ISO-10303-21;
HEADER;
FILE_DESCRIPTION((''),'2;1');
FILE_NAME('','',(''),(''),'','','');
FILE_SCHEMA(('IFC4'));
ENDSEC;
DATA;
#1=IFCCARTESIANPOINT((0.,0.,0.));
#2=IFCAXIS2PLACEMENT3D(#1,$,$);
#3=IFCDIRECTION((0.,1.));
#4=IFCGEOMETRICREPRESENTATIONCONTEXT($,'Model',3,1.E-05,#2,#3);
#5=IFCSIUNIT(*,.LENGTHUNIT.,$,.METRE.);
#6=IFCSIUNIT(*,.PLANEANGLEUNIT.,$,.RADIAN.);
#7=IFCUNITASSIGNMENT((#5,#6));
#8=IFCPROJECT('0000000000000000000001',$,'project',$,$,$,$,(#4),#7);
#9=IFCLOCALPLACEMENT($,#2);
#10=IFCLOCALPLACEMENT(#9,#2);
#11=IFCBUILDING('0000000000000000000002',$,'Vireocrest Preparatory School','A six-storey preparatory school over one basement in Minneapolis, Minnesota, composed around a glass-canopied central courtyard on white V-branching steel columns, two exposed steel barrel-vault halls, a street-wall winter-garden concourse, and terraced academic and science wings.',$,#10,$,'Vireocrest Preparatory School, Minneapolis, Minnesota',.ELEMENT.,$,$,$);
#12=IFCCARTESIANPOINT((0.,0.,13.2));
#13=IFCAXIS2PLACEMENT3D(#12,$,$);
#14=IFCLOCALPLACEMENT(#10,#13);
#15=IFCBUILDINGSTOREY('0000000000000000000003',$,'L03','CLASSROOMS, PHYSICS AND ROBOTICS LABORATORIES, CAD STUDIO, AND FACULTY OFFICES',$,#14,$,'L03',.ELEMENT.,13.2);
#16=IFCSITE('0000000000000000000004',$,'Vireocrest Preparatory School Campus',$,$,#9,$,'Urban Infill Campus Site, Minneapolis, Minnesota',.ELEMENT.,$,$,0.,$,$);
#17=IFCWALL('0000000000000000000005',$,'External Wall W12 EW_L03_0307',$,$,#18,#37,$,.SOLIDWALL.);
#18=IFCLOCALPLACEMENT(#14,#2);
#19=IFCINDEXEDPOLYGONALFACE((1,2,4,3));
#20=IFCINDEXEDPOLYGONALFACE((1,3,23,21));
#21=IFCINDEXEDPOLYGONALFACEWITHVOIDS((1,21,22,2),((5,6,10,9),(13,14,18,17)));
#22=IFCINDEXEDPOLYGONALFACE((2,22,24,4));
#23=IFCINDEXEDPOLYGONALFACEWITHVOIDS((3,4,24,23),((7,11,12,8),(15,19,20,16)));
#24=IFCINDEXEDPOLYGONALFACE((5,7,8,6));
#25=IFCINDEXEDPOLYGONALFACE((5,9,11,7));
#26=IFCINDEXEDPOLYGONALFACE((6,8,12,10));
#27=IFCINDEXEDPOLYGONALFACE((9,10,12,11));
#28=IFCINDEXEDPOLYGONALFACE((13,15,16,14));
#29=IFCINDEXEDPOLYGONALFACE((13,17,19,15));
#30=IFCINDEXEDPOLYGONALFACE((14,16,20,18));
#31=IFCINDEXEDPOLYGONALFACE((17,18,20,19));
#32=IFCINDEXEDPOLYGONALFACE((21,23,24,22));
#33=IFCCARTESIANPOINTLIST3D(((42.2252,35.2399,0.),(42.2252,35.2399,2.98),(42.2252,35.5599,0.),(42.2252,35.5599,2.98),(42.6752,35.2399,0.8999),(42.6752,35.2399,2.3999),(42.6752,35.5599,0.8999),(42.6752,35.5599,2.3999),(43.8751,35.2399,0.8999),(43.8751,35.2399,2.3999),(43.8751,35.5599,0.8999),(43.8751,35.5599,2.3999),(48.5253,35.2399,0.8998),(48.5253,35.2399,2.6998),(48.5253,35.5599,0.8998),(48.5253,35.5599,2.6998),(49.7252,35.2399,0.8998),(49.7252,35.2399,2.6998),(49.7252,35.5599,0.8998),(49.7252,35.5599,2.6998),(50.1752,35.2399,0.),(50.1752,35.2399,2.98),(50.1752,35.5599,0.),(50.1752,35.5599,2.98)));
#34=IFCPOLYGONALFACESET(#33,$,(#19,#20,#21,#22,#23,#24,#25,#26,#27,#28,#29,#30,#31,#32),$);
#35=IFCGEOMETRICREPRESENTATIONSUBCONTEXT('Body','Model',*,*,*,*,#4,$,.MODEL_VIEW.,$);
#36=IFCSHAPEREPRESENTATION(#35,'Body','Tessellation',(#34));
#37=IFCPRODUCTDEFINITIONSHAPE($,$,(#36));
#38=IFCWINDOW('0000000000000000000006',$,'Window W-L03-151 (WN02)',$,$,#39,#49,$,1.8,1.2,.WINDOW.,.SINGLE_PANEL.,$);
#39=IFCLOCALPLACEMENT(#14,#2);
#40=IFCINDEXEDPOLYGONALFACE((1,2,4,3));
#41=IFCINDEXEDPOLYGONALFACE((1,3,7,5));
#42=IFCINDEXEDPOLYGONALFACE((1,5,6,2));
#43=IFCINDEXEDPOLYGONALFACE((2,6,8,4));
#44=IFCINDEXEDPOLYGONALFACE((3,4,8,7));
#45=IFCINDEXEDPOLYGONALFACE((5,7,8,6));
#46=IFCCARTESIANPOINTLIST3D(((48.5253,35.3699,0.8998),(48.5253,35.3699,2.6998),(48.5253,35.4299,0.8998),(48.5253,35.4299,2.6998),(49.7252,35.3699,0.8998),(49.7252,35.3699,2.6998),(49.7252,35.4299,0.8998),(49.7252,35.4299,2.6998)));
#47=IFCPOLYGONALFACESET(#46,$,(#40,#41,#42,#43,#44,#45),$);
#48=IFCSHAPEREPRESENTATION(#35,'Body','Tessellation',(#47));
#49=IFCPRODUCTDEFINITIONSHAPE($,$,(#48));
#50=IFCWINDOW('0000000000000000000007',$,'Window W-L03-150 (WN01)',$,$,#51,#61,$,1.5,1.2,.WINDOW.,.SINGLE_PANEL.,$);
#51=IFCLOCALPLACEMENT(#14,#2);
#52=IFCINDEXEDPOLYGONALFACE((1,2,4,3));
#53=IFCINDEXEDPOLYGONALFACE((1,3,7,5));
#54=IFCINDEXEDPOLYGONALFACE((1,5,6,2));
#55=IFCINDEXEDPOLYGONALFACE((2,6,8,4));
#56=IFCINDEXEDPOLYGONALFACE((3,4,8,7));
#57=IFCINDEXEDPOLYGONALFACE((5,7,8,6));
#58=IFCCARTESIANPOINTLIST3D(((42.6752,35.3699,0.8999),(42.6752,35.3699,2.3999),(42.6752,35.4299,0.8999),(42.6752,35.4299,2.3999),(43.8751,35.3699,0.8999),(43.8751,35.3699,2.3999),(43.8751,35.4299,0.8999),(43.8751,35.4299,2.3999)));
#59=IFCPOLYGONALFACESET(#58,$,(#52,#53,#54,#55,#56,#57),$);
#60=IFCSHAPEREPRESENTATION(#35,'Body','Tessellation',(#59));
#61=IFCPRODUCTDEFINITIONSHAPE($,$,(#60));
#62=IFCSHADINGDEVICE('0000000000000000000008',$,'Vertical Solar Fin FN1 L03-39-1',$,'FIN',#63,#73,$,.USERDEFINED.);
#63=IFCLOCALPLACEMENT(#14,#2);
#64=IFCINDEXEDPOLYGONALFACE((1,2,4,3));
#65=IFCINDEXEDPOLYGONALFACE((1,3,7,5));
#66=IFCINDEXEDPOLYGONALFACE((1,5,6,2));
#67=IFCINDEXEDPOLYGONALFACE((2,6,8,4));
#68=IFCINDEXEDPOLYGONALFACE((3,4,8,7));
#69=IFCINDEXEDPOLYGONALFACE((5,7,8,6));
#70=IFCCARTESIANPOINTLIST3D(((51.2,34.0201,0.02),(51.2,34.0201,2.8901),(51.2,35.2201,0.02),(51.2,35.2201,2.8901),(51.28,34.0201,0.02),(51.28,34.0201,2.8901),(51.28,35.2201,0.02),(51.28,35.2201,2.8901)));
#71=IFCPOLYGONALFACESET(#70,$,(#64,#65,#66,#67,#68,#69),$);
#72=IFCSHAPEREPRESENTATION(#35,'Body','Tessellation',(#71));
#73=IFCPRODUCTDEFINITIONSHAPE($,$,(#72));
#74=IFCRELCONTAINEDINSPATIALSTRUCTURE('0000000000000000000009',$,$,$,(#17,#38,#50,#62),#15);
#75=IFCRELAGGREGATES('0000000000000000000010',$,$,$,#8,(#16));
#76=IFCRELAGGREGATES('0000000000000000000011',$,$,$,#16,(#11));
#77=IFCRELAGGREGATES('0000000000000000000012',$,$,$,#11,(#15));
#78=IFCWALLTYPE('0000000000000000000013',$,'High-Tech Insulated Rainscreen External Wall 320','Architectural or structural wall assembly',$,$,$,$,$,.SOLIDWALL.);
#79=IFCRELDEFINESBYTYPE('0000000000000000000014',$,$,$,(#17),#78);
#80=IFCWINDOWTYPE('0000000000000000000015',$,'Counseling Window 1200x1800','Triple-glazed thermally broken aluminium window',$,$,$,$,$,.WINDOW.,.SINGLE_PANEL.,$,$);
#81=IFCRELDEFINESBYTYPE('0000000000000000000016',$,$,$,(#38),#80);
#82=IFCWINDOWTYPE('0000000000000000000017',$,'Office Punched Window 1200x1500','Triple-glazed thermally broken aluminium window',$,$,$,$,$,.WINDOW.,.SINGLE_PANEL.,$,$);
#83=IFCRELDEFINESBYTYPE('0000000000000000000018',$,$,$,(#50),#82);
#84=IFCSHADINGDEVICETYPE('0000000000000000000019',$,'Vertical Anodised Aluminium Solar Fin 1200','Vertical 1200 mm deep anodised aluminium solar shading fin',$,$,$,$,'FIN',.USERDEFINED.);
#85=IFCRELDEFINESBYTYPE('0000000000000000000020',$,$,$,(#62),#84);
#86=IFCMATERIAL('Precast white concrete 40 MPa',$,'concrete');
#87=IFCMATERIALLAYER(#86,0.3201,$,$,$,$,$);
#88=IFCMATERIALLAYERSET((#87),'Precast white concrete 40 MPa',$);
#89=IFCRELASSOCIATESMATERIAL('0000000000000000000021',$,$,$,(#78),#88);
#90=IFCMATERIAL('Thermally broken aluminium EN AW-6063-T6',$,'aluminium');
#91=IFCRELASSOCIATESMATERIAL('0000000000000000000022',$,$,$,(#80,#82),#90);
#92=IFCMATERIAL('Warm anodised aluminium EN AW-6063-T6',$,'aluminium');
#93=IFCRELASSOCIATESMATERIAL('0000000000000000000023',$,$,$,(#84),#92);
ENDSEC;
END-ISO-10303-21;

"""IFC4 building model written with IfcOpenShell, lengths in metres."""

from ifc_helpers import new_model, si_unit, direction, frame, frame_2d, origin, origin_2d, place, context, subcontext, project, spatial, rectangle, extrude, material, layer, layer_set, material_profile, profile_set, type_object, element, fill, save


model = new_model("IFC4")

# Units and contexts
model_context = context("Model", 3, precision=1e-05, world=origin(), true_north=direction((0.0, 1.0)))
body_context = subcontext(model_context, "Body", "Model", "MODEL_VIEW")
ifc_project = project(units=[si_unit("LENGTHUNIT", "METRE"), si_unit("PLANEANGLEUNIT", "RADIAN")], contexts=[model_context])

# Site, building, storey
site_placement = place(None, origin())
site = spatial("IfcSite", under=ifc_project, at=site_placement, Name="Vireocrest Preparatory School Campus", LongName="Urban Infill Campus Site, Minneapolis, Minnesota", CompositionType="ELEMENT", RefElevation=0.0)
building_placement = place(site_placement, origin())
building = spatial("IfcBuilding", under=site, at=building_placement, Name="Vireocrest Preparatory School", Description="A six-storey preparatory school over one basement in Minneapolis, Minnesota, composed around a glass-canopied central courtyard on white V-branching steel columns, two exposed steel barrel-vault halls, a street-wall winter-garden concourse, and terraced academic and science wings.", LongName="Vireocrest Preparatory School, Minneapolis, Minnesota", CompositionType="ELEMENT")
storey_placement = place(building_placement, frame((0.0, 0.0, 13.2)))
storey = spatial("IfcBuildingStorey", under=building, at=storey_placement, Name="L03", Description="CLASSROOMS, PHYSICS AND ROBOTICS LABORATORIES, CAD STUDIO, AND FACULTY OFFICES", LongName="L03", CompositionType="ELEMENT", Elevation=13.2)

# Shared definitions
ifc_material_1 = material(Name="Thermally broken aluminium EN AW-6063-T6", Category="aluminium")

# Wall, openings, windows
ifc_material_2 = material(Name="Precast white concrete 40 MPa", Category="concrete")
ifc_layer_1 = layer(ifc_material_2, 0.3201)
ifc_layer_set_1 = layer_set([ifc_layer_1], Name="Precast white concrete 40 MPa")
wall_type_1 = type_object("IfcWallType", Name="High-Tech Insulated Rainscreen External Wall 320", Description="Architectural or structural wall assembly", PredefinedType="SOLIDWALL", material=ifc_layer_set_1)
wall_1_placement = place(storey_placement, frame((42.2251, 35.3999, 0.0), z_axis=(0.0, 0.0, 1.0), x_axis=(1.0, 0.0, 0.0)))
wall_1 = element("IfcWall", 1, at=wall_1_placement, inside=storey, type_object=wall_type_1, Name="External Wall W12 EW_L03_0307", PredefinedType="SOLIDWALL", context=body_context, shape_type="SweptSolid", body=[
    extrude(rectangle(XDim=7.95, YDim=0.3201, at=frame_2d((3.9751, 0.0))), origin(), (0.0, 0.0, 1.0), 2.98),
])
opening_1_placement = place(wall_1_placement, frame((0.45, 0.0, 0.8999)))
opening_1 = element("IfcOpeningElement", 2, at=opening_1_placement, cuts=wall_1, PredefinedType="OPENING", context=body_context, shape_type="SweptSolid", body=[
    extrude(rectangle(XDim=1.2, YDim=1.5, at=frame_2d((0.6001, 0.75))), frame((0.0, 0.1699, 0.0), z_axis=(0.0, -1.0, 0.0), x_axis=(1.0, 0.0, 0.0)), (0.0, 0.0, 1.0), 0.3401),
])
opening_2_placement = place(wall_1_placement, frame((6.3, 0.0, 0.8999)))
opening_2 = element("IfcOpeningElement", 3, at=opening_2_placement, cuts=wall_1, PredefinedType="OPENING", context=body_context, shape_type="SweptSolid", body=[
    extrude(rectangle(XDim=1.2, YDim=1.8, at=frame_2d((0.6001, 0.8999))), frame((0.0, 0.1699, 0.0), z_axis=(0.0, -1.0, 0.0), x_axis=(1.0, 0.0, 0.0)), (0.0, 0.0, 1.0), 0.3401),
])
window_type_1 = type_object("IfcWindowType", Name="Counseling Window 1200x1800", Description="Triple-glazed thermally broken aluminium window", PartitioningType="SINGLE_PANEL", PredefinedType="WINDOW", material=ifc_material_1)
window_1_placement = place(opening_2_placement, origin())
window_1 = element("IfcWindow", 4, at=window_1_placement, inside=storey, type_object=window_type_1, Name="Window W-L03-151 (WN02)", OverallHeight=1.8, OverallWidth=1.2, PartitioningType="SINGLE_PANEL", PredefinedType="WINDOW", context=body_context, shape_type="SweptSolid", body=[
    extrude(rectangle(XDim=1.2, YDim=1.8, at=frame_2d((0.6001, 0.8999))), frame((0.0, 0.03, 0.0), z_axis=(0.0, -1.0, 0.0), x_axis=(1.0, 0.0, 0.0)), (0.0, 0.0, 1.0), 0.0601),
])
fill(opening_2, window_1)
window_type_2 = type_object("IfcWindowType", Name="Office Punched Window 1200x1500", Description="Triple-glazed thermally broken aluminium window", PartitioningType="SINGLE_PANEL", PredefinedType="WINDOW", material=ifc_material_1)
window_2_placement = place(opening_1_placement, origin())
window_2 = element("IfcWindow", 5, at=window_2_placement, inside=storey, type_object=window_type_2, Name="Window W-L03-150 (WN01)", OverallHeight=1.5, OverallWidth=1.2, PartitioningType="SINGLE_PANEL", PredefinedType="WINDOW", context=body_context, shape_type="SweptSolid", body=[
    extrude(rectangle(XDim=1.2, YDim=1.5, at=frame_2d((0.6001, 0.75))), frame((0.0, 0.03, 0.0), z_axis=(0.0, -1.0, 0.0), x_axis=(1.0, 0.0, 0.0)), (0.0, 0.0, 1.0), 0.0601),
])
fill(opening_1, window_2)

# Shading device
ifc_material_3 = material(Name="Warm anodised aluminium EN AW-6063-T6", Category="aluminium")
ifc_material_profile_1 = material_profile(ifc_material_3, rectangle(XDim=0.0801, YDim=1.2, at=origin_2d()), Name="FIN 80x1200")
ifc_profile_set_1 = profile_set([ifc_material_profile_1], Name="Warm anodised aluminium EN AW-6063-T6")
shading_device_type = type_object("IfcShadingDeviceType", Name="Vertical Anodised Aluminium Solar Fin 1200", Description="Vertical 1200 mm deep anodised aluminium solar shading fin", ElementType="FIN", PredefinedType="USERDEFINED", material=ifc_profile_set_1)
shading_device_placement = place(storey_placement, frame((51.24, 34.6201, 0.02), z_axis=(0.0, 0.0, 1.0), x_axis=(-1.0, 0.0, 0.0)))
element("IfcShadingDevice", 6, at=shading_device_placement, inside=storey, type_object=shading_device_type, Name="Vertical Solar Fin FN1 L03-39-1", ObjectType="FIN", PredefinedType="USERDEFINED", context=body_context, shape_type="SweptSolid", body=[
    extrude(rectangle(XDim=0.0801, YDim=1.2, at=origin_2d()), origin(), (0.0, 0.0, 1.0), 2.8701),
])

save(model, "model.ifc")
